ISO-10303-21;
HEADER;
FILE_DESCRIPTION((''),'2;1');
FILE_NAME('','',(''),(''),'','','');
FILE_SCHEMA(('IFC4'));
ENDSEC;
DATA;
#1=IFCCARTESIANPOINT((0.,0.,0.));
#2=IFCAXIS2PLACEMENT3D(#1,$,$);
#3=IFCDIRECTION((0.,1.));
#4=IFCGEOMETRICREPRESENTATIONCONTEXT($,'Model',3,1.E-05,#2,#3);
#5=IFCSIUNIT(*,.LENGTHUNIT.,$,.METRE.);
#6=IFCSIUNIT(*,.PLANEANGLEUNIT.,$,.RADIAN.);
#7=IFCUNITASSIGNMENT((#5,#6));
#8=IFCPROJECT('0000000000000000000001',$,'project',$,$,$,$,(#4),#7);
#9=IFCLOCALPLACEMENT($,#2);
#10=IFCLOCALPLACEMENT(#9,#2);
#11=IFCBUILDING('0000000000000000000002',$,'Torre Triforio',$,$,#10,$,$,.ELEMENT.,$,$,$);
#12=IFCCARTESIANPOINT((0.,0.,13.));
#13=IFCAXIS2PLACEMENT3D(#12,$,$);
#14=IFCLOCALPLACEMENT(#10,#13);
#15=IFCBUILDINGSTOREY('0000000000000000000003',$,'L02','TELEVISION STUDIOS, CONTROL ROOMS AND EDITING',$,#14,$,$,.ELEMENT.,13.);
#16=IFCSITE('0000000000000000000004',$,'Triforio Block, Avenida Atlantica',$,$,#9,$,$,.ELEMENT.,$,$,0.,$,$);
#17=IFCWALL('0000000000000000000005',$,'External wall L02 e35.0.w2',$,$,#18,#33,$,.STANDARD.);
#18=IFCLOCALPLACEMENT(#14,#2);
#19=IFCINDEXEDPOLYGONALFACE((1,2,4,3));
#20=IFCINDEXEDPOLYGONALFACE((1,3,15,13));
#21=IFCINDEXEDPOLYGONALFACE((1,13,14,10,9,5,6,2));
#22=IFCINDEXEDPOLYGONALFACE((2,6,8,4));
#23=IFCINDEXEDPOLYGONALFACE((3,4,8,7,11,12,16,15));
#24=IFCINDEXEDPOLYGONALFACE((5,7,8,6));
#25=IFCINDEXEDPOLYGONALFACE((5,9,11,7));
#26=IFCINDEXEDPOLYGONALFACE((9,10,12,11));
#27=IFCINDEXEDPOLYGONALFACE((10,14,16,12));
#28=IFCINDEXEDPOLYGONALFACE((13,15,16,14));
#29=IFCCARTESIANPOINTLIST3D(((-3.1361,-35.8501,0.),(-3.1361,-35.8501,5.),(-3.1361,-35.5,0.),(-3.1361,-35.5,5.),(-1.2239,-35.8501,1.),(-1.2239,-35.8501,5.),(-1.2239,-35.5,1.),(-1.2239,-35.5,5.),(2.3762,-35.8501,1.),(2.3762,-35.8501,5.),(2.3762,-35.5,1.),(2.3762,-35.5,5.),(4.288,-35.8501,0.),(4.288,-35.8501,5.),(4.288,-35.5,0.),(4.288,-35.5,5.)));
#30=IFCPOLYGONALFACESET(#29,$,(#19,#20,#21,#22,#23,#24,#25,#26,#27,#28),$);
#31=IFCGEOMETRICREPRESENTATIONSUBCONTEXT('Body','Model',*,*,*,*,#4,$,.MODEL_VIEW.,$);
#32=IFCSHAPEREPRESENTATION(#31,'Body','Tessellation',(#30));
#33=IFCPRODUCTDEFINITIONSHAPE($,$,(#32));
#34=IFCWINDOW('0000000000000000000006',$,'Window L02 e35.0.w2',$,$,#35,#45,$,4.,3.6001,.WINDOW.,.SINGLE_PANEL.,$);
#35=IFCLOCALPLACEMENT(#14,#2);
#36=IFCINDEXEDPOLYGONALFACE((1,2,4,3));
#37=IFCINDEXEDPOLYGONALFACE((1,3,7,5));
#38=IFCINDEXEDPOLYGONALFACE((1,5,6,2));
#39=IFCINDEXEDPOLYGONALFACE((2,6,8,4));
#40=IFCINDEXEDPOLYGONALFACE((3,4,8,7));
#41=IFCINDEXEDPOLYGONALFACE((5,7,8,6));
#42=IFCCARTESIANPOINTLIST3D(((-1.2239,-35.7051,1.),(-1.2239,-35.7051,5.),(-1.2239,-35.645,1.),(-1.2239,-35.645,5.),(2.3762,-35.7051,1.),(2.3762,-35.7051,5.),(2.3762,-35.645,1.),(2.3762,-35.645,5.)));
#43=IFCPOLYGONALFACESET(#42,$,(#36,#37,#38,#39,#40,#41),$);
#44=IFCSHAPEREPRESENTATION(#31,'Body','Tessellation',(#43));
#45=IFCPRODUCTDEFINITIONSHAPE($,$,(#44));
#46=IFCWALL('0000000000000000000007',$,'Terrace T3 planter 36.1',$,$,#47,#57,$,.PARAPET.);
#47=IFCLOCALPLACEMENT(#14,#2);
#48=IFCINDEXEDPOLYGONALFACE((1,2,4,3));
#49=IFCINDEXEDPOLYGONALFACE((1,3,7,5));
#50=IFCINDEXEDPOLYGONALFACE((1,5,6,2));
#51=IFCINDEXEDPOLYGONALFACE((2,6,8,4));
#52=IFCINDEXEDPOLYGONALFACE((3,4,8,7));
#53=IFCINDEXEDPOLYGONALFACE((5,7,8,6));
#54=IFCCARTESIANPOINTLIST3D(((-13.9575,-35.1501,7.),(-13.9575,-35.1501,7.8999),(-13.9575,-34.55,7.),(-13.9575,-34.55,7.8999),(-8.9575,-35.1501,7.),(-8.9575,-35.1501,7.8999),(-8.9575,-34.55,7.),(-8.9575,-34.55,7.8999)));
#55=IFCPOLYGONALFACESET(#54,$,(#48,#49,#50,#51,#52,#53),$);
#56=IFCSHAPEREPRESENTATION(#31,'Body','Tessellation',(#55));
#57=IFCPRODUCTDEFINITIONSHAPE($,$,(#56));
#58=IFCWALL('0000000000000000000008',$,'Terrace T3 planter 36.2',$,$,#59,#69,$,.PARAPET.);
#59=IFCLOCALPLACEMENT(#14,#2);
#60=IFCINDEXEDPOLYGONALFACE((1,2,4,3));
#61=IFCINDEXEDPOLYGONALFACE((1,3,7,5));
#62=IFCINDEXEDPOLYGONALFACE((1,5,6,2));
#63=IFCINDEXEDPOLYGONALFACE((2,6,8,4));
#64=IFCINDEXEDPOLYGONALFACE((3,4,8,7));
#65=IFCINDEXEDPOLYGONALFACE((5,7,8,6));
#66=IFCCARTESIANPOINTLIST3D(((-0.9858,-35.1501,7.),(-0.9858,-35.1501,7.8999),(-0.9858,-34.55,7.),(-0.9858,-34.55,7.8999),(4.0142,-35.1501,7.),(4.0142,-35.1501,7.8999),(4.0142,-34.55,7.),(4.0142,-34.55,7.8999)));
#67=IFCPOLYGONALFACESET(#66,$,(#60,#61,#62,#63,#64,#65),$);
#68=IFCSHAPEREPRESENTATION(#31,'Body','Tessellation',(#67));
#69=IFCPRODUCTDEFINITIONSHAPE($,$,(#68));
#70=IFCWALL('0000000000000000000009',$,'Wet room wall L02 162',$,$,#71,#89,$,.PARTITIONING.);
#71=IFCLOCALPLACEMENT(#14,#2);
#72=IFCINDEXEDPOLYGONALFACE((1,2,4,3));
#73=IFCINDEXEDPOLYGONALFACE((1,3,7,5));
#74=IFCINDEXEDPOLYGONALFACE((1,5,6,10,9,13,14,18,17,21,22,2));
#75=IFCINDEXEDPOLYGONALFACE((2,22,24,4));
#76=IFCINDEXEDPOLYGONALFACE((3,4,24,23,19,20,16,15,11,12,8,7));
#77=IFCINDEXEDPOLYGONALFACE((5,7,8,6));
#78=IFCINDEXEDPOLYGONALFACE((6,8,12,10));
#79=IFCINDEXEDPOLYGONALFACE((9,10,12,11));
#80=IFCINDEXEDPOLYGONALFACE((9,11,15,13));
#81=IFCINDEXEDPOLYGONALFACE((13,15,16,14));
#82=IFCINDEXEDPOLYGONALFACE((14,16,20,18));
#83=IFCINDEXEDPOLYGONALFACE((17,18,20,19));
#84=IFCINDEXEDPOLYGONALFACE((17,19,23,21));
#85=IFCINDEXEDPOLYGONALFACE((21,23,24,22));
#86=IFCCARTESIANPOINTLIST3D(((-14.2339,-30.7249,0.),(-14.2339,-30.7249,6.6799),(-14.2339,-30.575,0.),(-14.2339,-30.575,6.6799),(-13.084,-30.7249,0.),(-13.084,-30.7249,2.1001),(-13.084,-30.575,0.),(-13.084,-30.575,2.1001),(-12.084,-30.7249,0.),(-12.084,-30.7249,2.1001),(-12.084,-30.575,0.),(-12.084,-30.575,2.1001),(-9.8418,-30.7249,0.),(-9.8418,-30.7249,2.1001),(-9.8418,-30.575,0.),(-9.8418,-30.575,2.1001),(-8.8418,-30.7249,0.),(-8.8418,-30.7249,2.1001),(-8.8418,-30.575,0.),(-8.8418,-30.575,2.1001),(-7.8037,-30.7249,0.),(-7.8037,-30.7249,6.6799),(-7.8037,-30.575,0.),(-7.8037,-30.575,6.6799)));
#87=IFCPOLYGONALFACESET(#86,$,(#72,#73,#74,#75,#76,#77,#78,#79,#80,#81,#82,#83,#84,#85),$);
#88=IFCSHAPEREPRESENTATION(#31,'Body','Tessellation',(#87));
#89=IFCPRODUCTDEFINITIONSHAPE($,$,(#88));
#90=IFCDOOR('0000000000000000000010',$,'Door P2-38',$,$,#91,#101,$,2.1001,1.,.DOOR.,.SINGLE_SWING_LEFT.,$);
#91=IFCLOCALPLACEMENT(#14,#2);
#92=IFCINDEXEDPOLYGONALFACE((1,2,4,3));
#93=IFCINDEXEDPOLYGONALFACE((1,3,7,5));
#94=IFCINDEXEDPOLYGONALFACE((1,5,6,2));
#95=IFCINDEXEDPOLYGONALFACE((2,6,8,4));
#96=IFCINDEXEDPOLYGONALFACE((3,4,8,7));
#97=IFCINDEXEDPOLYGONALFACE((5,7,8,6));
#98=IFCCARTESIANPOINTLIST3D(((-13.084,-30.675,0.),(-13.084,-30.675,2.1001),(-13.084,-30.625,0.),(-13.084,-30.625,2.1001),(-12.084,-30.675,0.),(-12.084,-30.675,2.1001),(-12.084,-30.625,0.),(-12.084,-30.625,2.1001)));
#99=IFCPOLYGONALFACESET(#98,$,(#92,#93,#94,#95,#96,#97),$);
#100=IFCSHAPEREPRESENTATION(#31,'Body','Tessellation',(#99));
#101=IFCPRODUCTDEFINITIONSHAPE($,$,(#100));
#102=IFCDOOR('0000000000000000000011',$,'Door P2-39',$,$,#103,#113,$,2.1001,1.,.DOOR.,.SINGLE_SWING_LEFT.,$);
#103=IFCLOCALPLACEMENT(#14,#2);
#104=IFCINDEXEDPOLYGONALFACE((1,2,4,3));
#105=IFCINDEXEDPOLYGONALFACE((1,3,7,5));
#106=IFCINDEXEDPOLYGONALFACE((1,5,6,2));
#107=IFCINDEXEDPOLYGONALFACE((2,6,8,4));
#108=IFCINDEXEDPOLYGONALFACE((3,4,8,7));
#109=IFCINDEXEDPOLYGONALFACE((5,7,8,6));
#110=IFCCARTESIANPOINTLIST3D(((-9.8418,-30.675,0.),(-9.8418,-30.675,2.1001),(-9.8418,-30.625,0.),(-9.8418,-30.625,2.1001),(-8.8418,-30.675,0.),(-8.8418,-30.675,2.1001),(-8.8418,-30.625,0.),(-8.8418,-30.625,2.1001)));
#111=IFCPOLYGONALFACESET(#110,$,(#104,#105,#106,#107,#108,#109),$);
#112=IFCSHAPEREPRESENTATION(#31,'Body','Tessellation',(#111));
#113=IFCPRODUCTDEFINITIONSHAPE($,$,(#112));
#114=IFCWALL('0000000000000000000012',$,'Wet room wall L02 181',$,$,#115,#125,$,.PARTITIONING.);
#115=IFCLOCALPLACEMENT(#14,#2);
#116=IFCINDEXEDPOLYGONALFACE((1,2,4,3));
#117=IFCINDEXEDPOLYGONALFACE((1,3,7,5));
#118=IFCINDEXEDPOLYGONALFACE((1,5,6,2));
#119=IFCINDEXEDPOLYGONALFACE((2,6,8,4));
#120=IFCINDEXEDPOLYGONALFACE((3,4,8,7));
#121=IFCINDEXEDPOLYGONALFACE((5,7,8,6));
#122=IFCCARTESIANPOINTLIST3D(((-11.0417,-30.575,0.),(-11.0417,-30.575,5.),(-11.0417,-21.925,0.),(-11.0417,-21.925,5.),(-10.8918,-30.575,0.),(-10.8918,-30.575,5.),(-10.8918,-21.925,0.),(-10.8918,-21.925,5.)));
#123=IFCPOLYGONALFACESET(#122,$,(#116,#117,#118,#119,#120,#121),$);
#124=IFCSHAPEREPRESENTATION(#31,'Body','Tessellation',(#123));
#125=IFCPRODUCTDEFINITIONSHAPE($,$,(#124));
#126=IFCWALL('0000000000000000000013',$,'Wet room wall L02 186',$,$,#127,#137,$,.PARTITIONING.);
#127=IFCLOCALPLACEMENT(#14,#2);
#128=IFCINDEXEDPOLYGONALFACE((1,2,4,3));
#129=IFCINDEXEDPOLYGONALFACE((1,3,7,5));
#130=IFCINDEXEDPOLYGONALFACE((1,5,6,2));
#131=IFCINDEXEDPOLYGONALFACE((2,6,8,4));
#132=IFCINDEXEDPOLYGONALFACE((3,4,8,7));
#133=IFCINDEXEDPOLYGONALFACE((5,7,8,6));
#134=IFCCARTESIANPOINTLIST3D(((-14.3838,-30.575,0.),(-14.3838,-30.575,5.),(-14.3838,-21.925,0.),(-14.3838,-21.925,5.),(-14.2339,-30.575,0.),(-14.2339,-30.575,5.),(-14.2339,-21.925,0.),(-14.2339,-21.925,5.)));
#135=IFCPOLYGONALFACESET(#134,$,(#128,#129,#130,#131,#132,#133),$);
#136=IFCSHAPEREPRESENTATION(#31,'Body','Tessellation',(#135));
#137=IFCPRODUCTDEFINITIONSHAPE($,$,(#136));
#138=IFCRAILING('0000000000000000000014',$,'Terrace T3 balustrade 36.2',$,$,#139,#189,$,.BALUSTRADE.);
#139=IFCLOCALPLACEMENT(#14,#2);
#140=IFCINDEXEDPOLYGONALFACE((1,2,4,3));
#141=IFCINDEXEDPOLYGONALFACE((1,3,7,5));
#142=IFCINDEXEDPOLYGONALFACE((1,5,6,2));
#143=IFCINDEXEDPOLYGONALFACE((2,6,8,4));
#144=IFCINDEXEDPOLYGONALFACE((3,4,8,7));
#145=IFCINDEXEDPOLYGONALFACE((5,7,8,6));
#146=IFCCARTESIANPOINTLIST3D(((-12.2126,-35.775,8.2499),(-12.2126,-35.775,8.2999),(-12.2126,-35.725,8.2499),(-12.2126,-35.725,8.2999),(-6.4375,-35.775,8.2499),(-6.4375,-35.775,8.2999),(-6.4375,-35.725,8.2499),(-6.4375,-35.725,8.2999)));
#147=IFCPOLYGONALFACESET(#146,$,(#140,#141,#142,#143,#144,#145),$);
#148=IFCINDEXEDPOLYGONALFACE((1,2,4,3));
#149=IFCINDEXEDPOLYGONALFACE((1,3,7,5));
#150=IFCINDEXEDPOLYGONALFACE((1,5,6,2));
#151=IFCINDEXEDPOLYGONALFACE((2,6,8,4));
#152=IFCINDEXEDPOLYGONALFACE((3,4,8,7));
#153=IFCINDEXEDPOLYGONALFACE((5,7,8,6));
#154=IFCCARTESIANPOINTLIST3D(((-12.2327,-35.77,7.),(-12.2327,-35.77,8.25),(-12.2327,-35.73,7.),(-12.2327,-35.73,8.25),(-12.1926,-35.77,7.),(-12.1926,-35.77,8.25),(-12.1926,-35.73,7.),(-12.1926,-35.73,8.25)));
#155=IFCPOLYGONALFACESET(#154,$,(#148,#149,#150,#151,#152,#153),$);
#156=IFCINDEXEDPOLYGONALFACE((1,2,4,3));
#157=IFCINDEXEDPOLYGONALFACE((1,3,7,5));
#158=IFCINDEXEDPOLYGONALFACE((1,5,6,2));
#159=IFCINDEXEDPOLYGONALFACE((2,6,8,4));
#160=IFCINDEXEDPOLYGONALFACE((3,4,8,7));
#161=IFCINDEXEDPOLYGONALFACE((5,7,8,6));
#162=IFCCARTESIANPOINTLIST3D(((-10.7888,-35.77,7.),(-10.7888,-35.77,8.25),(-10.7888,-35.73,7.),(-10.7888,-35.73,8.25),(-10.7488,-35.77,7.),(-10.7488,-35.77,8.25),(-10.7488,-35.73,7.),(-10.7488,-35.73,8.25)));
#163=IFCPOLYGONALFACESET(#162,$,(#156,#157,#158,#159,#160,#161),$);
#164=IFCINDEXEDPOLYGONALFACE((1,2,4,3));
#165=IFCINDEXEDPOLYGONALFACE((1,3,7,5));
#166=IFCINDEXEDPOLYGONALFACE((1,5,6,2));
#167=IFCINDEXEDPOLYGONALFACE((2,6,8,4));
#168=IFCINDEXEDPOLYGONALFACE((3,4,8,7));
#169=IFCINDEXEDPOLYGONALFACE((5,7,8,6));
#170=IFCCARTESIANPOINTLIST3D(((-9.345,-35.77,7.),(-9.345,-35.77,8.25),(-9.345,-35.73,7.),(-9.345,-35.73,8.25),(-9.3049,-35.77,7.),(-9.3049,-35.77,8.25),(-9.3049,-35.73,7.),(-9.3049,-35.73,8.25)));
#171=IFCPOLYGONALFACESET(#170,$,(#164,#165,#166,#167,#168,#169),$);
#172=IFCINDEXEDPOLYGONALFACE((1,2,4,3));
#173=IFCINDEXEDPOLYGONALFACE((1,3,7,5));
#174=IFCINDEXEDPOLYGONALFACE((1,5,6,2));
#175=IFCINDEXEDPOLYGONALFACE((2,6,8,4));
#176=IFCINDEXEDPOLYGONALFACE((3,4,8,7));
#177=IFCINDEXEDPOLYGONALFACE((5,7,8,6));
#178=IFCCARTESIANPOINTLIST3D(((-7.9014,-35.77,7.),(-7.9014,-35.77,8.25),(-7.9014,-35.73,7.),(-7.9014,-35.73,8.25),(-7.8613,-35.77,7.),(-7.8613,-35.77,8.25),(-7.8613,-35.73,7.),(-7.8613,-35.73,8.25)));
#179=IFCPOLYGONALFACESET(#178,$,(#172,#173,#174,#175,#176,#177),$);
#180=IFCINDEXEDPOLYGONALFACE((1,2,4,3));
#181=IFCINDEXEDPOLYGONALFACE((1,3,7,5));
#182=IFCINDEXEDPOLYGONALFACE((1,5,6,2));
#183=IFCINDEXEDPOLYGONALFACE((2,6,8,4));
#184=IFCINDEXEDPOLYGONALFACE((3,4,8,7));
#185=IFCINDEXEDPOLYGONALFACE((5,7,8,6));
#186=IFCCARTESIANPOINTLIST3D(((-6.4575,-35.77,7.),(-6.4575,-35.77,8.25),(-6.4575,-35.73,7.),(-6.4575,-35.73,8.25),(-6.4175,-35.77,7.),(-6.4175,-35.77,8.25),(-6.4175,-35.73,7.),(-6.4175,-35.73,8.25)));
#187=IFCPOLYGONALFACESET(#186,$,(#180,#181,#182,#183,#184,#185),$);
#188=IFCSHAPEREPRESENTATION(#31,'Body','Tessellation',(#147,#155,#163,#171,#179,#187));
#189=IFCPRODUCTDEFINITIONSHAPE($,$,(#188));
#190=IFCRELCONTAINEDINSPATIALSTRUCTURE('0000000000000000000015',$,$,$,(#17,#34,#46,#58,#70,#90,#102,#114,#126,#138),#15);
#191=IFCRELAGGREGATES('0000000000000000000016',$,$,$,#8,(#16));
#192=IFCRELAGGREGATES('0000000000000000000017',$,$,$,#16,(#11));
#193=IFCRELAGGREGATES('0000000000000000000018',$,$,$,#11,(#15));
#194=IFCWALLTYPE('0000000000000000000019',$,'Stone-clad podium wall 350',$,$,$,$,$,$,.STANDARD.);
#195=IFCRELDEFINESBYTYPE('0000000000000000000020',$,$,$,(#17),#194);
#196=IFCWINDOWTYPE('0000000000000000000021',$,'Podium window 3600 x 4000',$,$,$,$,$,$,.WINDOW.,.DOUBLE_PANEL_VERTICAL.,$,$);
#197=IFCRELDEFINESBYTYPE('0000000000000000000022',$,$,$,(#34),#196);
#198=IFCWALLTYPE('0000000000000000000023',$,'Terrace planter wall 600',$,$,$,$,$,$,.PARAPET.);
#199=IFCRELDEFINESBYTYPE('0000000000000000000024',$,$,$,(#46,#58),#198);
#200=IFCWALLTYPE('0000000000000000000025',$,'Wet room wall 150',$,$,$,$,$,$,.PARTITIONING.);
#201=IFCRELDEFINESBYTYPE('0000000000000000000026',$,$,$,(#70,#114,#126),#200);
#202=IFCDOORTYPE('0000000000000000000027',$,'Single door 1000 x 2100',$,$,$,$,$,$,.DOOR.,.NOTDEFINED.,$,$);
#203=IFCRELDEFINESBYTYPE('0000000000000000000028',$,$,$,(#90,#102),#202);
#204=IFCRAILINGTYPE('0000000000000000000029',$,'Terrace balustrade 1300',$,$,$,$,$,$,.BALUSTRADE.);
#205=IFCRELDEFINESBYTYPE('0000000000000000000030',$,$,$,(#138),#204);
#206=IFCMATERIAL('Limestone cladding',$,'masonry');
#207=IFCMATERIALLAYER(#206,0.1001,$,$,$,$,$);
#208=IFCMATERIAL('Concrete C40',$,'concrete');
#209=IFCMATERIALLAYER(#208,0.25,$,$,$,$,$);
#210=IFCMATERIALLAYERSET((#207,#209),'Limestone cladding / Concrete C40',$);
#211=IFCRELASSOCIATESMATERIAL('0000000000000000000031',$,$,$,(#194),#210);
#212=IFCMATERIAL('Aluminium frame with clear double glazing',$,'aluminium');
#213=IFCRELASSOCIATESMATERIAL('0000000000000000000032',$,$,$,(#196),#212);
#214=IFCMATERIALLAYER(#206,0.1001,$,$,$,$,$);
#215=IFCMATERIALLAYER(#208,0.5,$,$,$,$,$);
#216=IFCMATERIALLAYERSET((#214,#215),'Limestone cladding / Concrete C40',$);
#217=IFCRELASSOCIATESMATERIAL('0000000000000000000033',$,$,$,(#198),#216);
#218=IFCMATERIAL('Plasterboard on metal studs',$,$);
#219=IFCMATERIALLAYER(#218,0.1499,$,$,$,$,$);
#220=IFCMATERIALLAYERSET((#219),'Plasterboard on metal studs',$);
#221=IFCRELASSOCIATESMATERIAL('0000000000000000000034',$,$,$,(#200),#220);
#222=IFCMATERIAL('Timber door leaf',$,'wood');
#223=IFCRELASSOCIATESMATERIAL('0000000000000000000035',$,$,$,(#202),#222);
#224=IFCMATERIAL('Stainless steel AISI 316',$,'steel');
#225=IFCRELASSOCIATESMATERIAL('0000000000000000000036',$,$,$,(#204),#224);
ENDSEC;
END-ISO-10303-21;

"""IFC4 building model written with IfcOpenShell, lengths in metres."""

from ifc_helpers import new_model, si_unit, direction, frame, frame_2d, origin, origin_2d, place, context, subcontext, project, spatial, rectangle, extrude, material, layer, layer_set, type_object, element, fill, save


model = new_model("IFC4")

# Units and contexts
model_context = context("Model", 3, precision=1e-05, world=origin(), true_north=direction((0.0, 1.0)))
body_context = subcontext(model_context, "Body", "Model", "MODEL_VIEW")
ifc_project = project(units=[si_unit("LENGTHUNIT", "METRE"), si_unit("PLANEANGLEUNIT", "RADIAN")], contexts=[model_context])

# Site, building, storey
site_placement = place(None, origin())
site = spatial("IfcSite", under=ifc_project, at=site_placement, Name="Triforio Block, Avenida Atlantica", CompositionType="ELEMENT", RefElevation=0.0)
building_placement = place(site_placement, origin())
building = spatial("IfcBuilding", under=site, at=building_placement, Name="Torre Triforio", CompositionType="ELEMENT")
storey_placement = place(building_placement, frame((0.0, 0.0, 13.0)))
storey = spatial("IfcBuildingStorey", under=building, at=storey_placement, Name="L02", Description="TELEVISION STUDIOS, CONTROL ROOMS AND EDITING", CompositionType="ELEMENT", Elevation=13.0)

# Shared definitions
ifc_material_1 = material(Name="Plasterboard on metal studs")

# Wall, opening, window
ifc_material_2 = material(Name="Limestone cladding", Category="masonry")
ifc_layer_1 = layer(ifc_material_2, 0.1001)
ifc_material_3 = material(Name="Concrete C40", Category="concrete")
ifc_layer_2 = layer(ifc_material_3, 0.25)
ifc_layer_set_1 = layer_set([ifc_layer_1, ifc_layer_2], Name="Limestone cladding / Concrete C40")
wall_type_1 = type_object("IfcWallType", Name="Stone-clad podium wall 350", PredefinedType="STANDARD", material=ifc_layer_set_1)
ifc_material_4 = material(Name="Aluminium frame with clear double glazing", Category="aluminium")
window_type = type_object("IfcWindowType", Name="Podium window 3600 x 4000", PartitioningType="DOUBLE_PANEL_VERTICAL", PredefinedType="WINDOW", material=ifc_material_4)
wall_1_placement = place(storey_placement, frame((-3.136, -35.675, 0.0), z_axis=(0.0, 0.0, 1.0), x_axis=(1.0, 0.0, 0.0)))
wall_1 = element("IfcWall", 1, at=wall_1_placement, inside=storey, type_object=wall_type_1, Name="External wall L02 e35.0.w2", PredefinedType="STANDARD", context=body_context, shape_type="SweptSolid", body=[
    extrude(rectangle(XDim=7.4241, YDim=0.3501, at=frame_2d((3.7119, 0.0))), origin(), (0.0, 0.0, 1.0), 5.0),
])
opening_1_placement = place(wall_1_placement, frame((1.9121, 0.0, 1.0)))
opening_1 = element("IfcOpeningElement", 2, at=opening_1_placement, cuts=wall_1, PredefinedType="OPENING", context=body_context, shape_type="SweptSolid", body=[
    extrude(rectangle(XDim=3.6001, YDim=4.0, at=frame_2d((1.8, 2.0))), frame((0.0, 0.1851, 0.0), z_axis=(0.0, -1.0, 0.0), x_axis=(1.0, 0.0, 0.0)), (0.0, 0.0, 1.0), 0.3701),
])
window_1_placement = place(opening_1_placement, origin())
window_1 = element("IfcWindow", 3, at=window_1_placement, inside=storey, type_object=window_type, Name="Window L02 e35.0.w2", OverallHeight=4.0, OverallWidth=3.6001, PartitioningType="SINGLE_PANEL", PredefinedType="WINDOW", context=body_context, shape_type="SweptSolid", body=[
    extrude(rectangle(XDim=3.6001, YDim=4.0, at=frame_2d((1.8, 2.0))), frame((0.0, 0.03, 0.0), z_axis=(0.0, -1.0, 0.0), x_axis=(1.0, 0.0, 0.0)), (0.0, 0.0, 1.0), 0.0601),
])
fill(opening_1, window_1)

# Walls
ifc_layer_3 = layer(ifc_material_2, 0.1001)
ifc_layer_4 = layer(ifc_material_3, 0.5)
ifc_layer_set_2 = layer_set([ifc_layer_3, ifc_layer_4], Name="Limestone cladding / Concrete C40")
wall_type_2 = type_object("IfcWallType", Name="Terrace planter wall 600", PredefinedType="PARAPET", material=ifc_layer_set_2)
for number, where, z_axis, x_axis, name in (
    (4, (-13.9575, -34.8501, 7.0), (0.0, 0.0, 1.0), (1.0, 0.0, 0.0), "Terrace T3 planter 36.1"),
    (5, (-0.9858, -34.8501, 7.0), (0.0, 0.0, 1.0), (1.0, 0.0, 0.0), "Terrace T3 planter 36.2"),
):
    element("IfcWall", number, at=place(storey_placement, frame(where, z_axis=z_axis, x_axis=x_axis)), inside=storey, type_object=wall_type_2, Name=name, PredefinedType="PARAPET", context=body_context, shape_type="SweptSolid", body=[
        extrude(rectangle(XDim=5.0, YDim=0.6001, at=frame_2d((2.5, 0.0))), origin(), (0.0, 0.0, 1.0), 0.8999),
    ])

# Wall, openings, doors
ifc_layer_5 = layer(ifc_material_1, 0.1499)
ifc_layer_set_3 = layer_set([ifc_layer_5], Name="Plasterboard on metal studs")
wall_type_3 = type_object("IfcWallType", Name="Wet room wall 150", PredefinedType="PARTITIONING", material=ifc_layer_set_3)
wall_2_placement = place(storey_placement, frame((-14.2339, -30.6499, 0.0), z_axis=(0.0, 0.0, 1.0), x_axis=(1.0, 0.0, 0.0)))
wall_2 = element("IfcWall", 6, at=wall_2_placement, inside=storey, type_object=wall_type_3, Name="Wet room wall L02 162", PredefinedType="PARTITIONING", context=body_context, shape_type="SweptSolid", body=[
    extrude(rectangle(XDim=6.4302, YDim=0.1499, at=frame_2d((3.2151, 0.0))), origin(), (0.0, 0.0, 1.0), 6.6799),
])
opening_2_placement = place(wall_2_placement, frame((1.1499, 0.0, 0.0)))
opening_2 = element("IfcOpeningElement", 7, at=opening_2_placement, cuts=wall_2, PredefinedType="OPENING", context=body_context, shape_type="SweptSolid", body=[
    extrude(rectangle(XDim=1.0, YDim=2.1001, at=frame_2d((0.5, 1.05))), frame((0.0, 0.085, 0.0), z_axis=(0.0, -1.0, 0.0), x_axis=(1.0, 0.0, 0.0)), (0.0, 0.0, 1.0), 0.1699),
])
opening_3_placement = place(wall_2_placement, frame((4.3921, 0.0, 0.0)))
opening_3 = element("IfcOpeningElement", 8, at=opening_3_placement, cuts=wall_2, PredefinedType="OPENING", context=body_context, shape_type="SweptSolid", body=[
    extrude(rectangle(XDim=1.0, YDim=2.1001, at=frame_2d((0.5, 1.05))), frame((0.0, 0.085, 0.0), z_axis=(0.0, -1.0, 0.0), x_axis=(1.0, 0.0, 0.0)), (0.0, 0.0, 1.0), 0.1699),
])
ifc_material_5 = material(Name="Timber door leaf", Category="wood")
door_type_1 = type_object("IfcDoorType", Name="Single door 1000 x 2100", OperationType="NOTDEFINED", PredefinedType="DOOR", material=ifc_material_5)
door_1_placement = place(opening_2_placement, origin())
door_1 = element("IfcDoor", 9, at=door_1_placement, inside=storey, type_object=door_type_1, Name="Door P2-38", OperationType="SINGLE_SWING_LEFT", OverallHeight=2.1001, OverallWidth=1.0, PredefinedType="DOOR", context=body_context, shape_type="SweptSolid", body=[
    extrude(rectangle(XDim=1.0, YDim=2.1001, at=frame_2d((0.5, 1.05))), frame((0.0, 0.0249, 0.0), z_axis=(0.0, -1.0, 0.0), x_axis=(1.0, 0.0, 0.0)), (0.0, 0.0, 1.0), 0.05),
])
fill(opening_2, door_1)
door_2_placement = place(opening_3_placement, origin())
door_2 = element("IfcDoor", 10, at=door_2_placement, inside=storey, type_object=door_type_1, Name="Door P2-39", OperationType="SINGLE_SWING_LEFT", OverallHeight=2.1001, OverallWidth=1.0, PredefinedType="DOOR", context=body_context, shape_type="SweptSolid", body=[
    extrude(rectangle(XDim=1.0, YDim=2.1001, at=frame_2d((0.5, 1.05))), frame((0.0, 0.0249, 0.0), z_axis=(0.0, -1.0, 0.0), x_axis=(1.0, 0.0, 0.0)), (0.0, 0.0, 1.0), 0.05),
])
fill(opening_3, door_2)

# Walls
for number, where, z_axis, x_axis, name in (
    (11, (-10.9668, -30.575, 0.0), (0.0, 0.0, 1.0), (0.0, 1.0, 0.0), "Wet room wall L02 181"),
    (12, (-14.3088, -30.575, 0.0), (0.0, 0.0, 1.0), (0.0, 1.0, 0.0), "Wet room wall L02 186"),
):
    element("IfcWall", number, at=place(storey_placement, frame(where, z_axis=z_axis, x_axis=x_axis)), inside=storey, type_object=wall_type_3, Name=name, PredefinedType="PARTITIONING", context=body_context, shape_type="SweptSolid", body=[
        extrude(rectangle(XDim=8.6499, YDim=0.1499, at=frame_2d((4.325, 0.0))), origin(), (0.0, 0.0, 1.0), 5.0),
    ])

# Railing
ifc_material_6 = material(Name="Stainless steel AISI 316", Category="steel")
railing_type = type_object("IfcRailingType", Name="Terrace balustrade 1300", PredefinedType="BALUSTRADE", material=ifc_material_6)
railing_1_placement = place(storey_placement, frame((-12.2126, -35.75, 7.0)))
element("IfcRailing", 13, at=railing_1_placement, inside=storey, type_object=railing_type, Name="Terrace T3 balustrade 36.2", PredefinedType="BALUSTRADE", context=body_context, shape_type="SweptSolid", body=[
    extrude(rectangle(XDim=0.05, YDim=0.05, at=origin_2d()), frame((0.0, 0.0, 1.2749), z_axis=(1.0, 0.0, 0.0), x_axis=(0.0, 1.0, 0.0)), (0.0, 0.0, 1.0), 5.7751),
    extrude(rectangle(XDim=0.04, YDim=0.04, at=origin_2d()), origin(), (0.0, 0.0, 1.0), 1.25),
    extrude(rectangle(XDim=0.04, YDim=0.04, at=origin_2d()), frame((1.4438, 0.0, 0.0)), (0.0, 0.0, 1.0), 1.25),
    extrude(rectangle(XDim=0.04, YDim=0.04, at=origin_2d()), frame((2.8877, 0.0, 0.0)), (0.0, 0.0, 1.0), 1.25),
    extrude(rectangle(XDim=0.04, YDim=0.04, at=origin_2d()), frame((4.3313, 0.0, 0.0)), (0.0, 0.0, 1.0), 1.25),
    extrude(rectangle(XDim=0.04, YDim=0.04, at=origin_2d()), frame((5.7751, 0.0, 0.0)), (0.0, 0.0, 1.0), 1.25),
])

save(model, "model.ifc")
